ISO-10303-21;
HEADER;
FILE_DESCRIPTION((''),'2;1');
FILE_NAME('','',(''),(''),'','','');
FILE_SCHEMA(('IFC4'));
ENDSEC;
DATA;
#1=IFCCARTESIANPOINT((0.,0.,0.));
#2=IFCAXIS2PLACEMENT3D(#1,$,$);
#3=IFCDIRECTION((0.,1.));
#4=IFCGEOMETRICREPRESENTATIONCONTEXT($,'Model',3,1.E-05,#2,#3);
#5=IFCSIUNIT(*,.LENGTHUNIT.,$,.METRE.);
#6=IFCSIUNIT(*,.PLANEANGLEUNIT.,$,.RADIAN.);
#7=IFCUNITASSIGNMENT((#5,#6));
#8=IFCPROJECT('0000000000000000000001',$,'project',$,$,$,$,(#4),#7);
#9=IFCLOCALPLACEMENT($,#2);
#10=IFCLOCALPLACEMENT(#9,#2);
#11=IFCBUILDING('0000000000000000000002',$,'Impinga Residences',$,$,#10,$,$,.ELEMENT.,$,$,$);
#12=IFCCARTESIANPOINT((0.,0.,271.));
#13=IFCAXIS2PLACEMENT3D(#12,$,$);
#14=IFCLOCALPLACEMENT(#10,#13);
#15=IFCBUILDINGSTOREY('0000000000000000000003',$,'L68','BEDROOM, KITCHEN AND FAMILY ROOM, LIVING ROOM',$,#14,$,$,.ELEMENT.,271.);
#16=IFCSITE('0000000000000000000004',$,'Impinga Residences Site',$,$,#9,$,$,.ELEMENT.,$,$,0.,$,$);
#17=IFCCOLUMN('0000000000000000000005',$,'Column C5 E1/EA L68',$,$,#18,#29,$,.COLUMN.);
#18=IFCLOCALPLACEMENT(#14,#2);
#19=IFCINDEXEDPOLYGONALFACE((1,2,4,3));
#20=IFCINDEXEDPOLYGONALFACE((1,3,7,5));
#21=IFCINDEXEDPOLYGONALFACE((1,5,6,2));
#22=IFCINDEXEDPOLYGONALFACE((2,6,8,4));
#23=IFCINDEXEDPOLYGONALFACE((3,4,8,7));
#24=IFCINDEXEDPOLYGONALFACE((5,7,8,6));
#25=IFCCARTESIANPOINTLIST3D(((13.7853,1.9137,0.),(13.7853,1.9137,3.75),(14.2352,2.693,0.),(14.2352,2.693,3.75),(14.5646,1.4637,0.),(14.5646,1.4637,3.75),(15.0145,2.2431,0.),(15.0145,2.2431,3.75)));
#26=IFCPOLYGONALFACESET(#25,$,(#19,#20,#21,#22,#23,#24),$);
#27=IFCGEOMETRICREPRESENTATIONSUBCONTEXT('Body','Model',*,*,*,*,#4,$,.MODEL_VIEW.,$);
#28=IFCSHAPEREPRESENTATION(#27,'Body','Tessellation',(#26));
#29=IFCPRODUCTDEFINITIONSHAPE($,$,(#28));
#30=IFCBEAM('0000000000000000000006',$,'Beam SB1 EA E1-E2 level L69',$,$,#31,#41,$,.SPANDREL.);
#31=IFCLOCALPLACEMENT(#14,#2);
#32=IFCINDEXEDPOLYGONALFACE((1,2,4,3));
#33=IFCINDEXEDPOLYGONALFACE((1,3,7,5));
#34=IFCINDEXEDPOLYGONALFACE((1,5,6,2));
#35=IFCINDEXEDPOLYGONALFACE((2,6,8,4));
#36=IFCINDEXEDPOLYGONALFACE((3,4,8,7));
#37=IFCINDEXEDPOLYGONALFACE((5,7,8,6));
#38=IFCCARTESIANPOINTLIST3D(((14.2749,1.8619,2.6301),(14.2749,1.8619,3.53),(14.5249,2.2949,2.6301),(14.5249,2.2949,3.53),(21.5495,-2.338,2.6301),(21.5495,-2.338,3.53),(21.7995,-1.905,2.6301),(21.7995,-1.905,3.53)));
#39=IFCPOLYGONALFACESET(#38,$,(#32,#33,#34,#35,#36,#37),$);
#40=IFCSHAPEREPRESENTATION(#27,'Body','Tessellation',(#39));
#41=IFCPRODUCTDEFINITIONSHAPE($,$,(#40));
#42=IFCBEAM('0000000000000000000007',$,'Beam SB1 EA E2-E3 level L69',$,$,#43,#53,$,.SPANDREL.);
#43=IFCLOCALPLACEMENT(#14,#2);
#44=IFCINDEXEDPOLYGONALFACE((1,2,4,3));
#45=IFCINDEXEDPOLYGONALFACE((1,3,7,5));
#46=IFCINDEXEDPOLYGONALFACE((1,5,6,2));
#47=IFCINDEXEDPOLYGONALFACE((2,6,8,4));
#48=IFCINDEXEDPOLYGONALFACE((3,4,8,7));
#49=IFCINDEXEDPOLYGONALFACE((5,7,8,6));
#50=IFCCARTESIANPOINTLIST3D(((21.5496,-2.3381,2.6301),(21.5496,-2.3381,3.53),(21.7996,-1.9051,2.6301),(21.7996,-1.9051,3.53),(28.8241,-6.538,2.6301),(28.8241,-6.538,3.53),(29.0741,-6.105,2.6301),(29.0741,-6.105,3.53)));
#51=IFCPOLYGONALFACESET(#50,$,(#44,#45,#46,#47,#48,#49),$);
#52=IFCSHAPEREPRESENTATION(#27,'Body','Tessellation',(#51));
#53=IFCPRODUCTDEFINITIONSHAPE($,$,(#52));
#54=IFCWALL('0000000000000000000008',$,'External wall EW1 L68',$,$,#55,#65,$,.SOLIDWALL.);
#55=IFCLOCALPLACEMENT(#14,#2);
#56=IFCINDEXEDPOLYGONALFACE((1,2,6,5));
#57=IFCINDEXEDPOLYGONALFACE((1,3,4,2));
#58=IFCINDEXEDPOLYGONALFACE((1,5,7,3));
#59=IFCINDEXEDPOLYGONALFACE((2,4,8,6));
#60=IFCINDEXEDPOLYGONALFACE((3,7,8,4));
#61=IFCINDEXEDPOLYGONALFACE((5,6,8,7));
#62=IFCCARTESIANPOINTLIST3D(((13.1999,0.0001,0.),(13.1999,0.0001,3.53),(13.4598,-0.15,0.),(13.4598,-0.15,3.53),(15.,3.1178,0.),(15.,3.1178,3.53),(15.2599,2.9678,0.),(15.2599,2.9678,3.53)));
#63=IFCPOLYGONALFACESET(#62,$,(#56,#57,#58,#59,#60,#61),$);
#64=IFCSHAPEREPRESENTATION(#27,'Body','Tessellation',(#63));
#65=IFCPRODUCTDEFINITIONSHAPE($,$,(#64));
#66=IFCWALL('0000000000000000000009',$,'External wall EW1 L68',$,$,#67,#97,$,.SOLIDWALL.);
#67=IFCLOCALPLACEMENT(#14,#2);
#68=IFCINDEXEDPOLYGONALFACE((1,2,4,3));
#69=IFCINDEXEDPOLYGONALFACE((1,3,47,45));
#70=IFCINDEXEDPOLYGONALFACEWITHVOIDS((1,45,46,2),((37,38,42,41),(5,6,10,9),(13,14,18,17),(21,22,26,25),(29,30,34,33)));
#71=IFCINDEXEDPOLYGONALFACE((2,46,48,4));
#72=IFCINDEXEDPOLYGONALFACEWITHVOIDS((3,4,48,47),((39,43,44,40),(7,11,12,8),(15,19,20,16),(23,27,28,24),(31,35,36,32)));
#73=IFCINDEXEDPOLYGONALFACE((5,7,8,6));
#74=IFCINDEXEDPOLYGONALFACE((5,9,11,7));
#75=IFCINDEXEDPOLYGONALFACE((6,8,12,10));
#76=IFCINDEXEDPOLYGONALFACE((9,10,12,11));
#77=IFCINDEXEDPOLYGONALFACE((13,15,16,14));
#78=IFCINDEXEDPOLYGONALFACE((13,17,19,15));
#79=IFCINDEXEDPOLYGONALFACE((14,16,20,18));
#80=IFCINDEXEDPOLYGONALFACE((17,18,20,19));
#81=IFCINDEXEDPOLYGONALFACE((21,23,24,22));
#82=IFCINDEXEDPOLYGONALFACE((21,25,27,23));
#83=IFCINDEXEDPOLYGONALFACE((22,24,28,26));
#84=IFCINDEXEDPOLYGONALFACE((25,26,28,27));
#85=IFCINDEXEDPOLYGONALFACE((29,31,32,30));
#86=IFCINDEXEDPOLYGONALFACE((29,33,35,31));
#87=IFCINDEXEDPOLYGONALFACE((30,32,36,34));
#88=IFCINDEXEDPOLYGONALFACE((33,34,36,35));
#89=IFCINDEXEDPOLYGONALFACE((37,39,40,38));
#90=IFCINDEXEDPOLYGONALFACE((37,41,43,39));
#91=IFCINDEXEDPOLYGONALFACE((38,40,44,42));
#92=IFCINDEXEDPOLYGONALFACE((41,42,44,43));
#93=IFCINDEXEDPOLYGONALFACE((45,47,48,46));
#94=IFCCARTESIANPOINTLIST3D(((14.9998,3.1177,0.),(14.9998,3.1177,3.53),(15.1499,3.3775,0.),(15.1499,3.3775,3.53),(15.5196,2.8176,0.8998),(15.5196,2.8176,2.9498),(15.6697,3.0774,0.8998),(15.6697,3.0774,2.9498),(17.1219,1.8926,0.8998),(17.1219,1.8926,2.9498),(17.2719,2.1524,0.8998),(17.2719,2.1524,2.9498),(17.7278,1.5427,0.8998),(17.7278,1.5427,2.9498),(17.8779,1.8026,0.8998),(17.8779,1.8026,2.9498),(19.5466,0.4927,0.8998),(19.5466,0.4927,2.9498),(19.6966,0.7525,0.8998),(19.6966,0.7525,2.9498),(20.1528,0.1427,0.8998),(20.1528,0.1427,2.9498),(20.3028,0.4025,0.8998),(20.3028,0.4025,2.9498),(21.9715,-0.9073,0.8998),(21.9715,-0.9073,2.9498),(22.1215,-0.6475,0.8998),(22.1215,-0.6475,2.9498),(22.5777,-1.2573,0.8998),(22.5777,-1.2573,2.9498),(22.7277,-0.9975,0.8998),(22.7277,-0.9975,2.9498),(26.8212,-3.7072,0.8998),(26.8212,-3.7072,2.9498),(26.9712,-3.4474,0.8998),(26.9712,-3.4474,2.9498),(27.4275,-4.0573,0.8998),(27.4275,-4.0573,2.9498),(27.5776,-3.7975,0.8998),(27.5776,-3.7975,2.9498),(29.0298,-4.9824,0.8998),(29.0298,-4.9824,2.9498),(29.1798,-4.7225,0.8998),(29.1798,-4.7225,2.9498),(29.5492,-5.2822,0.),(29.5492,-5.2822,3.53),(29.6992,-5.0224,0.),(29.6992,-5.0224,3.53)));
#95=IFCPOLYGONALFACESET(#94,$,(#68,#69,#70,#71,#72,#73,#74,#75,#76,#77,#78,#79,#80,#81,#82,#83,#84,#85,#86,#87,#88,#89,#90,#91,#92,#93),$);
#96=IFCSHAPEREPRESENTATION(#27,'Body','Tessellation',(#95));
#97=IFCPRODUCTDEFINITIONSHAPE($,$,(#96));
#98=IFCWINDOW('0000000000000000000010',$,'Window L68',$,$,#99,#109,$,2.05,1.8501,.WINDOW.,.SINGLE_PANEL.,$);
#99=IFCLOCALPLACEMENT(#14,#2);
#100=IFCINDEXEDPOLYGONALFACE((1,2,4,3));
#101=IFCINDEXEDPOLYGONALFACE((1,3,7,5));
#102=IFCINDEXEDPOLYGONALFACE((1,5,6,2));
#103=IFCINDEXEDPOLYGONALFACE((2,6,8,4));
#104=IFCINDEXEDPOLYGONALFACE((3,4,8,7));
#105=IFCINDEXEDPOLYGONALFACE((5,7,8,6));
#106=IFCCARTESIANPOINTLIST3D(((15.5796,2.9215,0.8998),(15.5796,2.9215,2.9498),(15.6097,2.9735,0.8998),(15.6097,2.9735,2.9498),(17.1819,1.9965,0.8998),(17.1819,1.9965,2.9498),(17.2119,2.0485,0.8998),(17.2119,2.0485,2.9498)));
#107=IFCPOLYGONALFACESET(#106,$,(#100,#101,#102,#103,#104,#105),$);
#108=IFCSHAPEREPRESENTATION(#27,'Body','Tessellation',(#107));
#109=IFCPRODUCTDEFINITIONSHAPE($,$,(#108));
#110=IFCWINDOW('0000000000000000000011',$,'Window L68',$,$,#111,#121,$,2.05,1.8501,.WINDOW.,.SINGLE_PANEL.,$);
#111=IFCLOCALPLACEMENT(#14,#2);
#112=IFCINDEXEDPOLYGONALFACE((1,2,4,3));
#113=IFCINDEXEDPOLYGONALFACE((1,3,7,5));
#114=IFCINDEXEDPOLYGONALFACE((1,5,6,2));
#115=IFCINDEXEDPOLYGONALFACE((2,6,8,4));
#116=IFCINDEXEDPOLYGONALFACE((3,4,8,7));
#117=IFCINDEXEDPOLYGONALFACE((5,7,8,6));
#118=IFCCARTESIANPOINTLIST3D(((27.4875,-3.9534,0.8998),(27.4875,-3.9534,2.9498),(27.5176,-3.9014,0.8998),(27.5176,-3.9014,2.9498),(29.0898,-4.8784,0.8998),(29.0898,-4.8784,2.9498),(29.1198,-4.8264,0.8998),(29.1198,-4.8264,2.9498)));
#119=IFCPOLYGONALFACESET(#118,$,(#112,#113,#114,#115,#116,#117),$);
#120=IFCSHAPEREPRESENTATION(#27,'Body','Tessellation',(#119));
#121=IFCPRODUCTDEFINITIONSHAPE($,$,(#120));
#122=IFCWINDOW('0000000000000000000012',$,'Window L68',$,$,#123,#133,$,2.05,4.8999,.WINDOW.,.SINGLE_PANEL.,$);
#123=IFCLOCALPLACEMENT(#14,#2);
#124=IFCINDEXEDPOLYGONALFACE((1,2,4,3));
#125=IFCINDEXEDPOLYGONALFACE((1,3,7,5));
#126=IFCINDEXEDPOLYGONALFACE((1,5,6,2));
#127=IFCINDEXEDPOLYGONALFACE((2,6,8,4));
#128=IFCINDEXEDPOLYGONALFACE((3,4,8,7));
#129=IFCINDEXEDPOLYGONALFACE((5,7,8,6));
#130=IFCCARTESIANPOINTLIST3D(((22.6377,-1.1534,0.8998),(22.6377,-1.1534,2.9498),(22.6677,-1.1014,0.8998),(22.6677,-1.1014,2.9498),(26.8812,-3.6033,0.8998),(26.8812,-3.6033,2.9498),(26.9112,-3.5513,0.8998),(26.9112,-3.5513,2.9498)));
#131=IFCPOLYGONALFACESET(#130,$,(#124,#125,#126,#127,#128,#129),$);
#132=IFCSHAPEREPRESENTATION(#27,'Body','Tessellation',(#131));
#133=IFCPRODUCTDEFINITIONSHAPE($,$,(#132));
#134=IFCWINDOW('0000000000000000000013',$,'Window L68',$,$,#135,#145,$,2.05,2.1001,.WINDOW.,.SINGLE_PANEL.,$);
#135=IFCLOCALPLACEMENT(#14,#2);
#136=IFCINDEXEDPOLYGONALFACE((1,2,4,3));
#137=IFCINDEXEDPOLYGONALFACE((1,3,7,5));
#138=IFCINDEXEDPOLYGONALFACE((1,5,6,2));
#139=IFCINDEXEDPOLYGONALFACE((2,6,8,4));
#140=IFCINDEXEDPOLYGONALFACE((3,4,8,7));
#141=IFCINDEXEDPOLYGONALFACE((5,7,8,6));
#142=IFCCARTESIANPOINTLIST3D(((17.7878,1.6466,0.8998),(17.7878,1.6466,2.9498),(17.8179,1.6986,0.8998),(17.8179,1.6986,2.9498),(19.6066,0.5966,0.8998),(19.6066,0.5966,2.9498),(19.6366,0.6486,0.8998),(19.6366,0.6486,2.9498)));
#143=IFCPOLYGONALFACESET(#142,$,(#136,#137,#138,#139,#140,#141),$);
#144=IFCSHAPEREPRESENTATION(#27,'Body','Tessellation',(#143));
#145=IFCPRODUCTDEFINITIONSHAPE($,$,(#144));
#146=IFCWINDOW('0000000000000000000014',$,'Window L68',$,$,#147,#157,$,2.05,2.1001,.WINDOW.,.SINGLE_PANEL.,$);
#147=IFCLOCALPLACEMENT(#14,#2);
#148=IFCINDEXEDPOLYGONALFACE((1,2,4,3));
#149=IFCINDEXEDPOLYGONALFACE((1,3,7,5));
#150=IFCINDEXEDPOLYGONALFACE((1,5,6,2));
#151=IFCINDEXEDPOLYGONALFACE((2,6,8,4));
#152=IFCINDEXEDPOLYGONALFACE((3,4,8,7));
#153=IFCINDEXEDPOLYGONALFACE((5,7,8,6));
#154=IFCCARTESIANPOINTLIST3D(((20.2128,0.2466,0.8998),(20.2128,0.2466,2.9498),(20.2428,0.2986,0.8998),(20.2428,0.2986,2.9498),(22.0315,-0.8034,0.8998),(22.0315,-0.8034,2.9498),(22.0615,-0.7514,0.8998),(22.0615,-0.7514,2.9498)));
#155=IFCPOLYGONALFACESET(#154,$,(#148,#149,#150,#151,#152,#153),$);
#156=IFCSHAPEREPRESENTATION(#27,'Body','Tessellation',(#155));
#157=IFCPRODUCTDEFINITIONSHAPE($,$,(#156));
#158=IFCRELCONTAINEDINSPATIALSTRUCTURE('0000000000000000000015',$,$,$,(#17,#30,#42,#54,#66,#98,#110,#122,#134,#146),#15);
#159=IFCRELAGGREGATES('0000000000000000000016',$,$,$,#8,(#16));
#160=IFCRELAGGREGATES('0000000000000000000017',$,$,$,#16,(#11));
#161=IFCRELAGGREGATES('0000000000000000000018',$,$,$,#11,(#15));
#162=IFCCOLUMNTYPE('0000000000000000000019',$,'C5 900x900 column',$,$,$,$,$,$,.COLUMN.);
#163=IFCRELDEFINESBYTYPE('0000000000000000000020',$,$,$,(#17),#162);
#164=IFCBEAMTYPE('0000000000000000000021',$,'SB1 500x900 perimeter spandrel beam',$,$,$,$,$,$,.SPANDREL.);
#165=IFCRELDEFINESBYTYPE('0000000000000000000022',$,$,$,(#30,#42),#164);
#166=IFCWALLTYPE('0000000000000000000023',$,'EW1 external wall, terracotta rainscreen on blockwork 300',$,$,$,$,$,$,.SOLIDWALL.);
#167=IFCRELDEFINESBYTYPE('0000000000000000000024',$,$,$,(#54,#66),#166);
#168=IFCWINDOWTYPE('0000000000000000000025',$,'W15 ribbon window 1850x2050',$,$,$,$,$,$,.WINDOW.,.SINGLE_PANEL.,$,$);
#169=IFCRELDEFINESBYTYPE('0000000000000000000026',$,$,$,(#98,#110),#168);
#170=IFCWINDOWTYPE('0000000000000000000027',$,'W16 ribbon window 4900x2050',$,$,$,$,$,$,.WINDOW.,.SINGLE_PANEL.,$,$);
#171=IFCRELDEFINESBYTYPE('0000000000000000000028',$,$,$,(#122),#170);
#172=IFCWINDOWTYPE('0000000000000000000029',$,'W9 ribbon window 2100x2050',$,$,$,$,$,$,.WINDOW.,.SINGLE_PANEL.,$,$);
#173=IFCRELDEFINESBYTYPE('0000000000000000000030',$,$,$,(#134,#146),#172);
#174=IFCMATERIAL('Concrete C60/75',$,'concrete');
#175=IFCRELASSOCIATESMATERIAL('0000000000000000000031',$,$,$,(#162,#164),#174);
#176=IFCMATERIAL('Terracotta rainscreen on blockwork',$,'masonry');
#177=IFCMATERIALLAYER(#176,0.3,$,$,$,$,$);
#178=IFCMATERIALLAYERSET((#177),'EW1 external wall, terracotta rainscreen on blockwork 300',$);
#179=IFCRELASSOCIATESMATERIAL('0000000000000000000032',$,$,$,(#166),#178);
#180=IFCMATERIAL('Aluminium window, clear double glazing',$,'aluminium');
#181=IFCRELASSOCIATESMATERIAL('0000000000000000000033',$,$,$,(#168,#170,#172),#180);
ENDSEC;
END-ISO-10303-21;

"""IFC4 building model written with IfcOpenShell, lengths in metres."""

from ifc_helpers import new_model, si_unit, direction, frame, frame_2d, origin, origin_2d, place, context, subcontext, project, spatial, rectangle, extrude, material, layer, layer_set, material_profile, profile_set, type_object, element, fill, save


model = new_model("IFC4")

# Units and contexts
model_context = context("Model", 3, precision=1e-05, world=origin(), true_north=direction((0.0, 1.0)))
body_context = subcontext(model_context, "Body", "Model", "MODEL_VIEW")
ifc_project = project(units=[si_unit("LENGTHUNIT", "METRE"), si_unit("PLANEANGLEUNIT", "RADIAN")], contexts=[model_context])

# Site, building, storey
site_placement = place(None, origin())
site = spatial("IfcSite", under=ifc_project, at=site_placement, Name="Impinga Residences Site", CompositionType="ELEMENT", RefElevation=0.0)
building_placement = place(site_placement, origin())
building = spatial("IfcBuilding", under=site, at=building_placement, Name="Impinga Residences", CompositionType="ELEMENT")
storey_placement = place(building_placement, frame((0.0, 0.0, 271.0)))
storey = spatial("IfcBuildingStorey", under=building, at=storey_placement, Name="L68", Description="BEDROOM, KITCHEN AND FAMILY ROOM, LIVING ROOM", CompositionType="ELEMENT", Elevation=271.0)

# Column
ifc_material_1 = material(Name="Concrete C60/75", Category="concrete")
ifc_material_profile_1 = material_profile(ifc_material_1, rectangle(XDim=0.8999, YDim=0.8999, at=origin_2d()), Name="RC 900x900")
ifc_profile_set_1 = profile_set([ifc_material_profile_1], Name="Concrete C60/75")
column_type = type_object("IfcColumnType", Name="C5 900x900 column", PredefinedType="COLUMN", material=ifc_profile_set_1)
column_placement = place(storey_placement, frame((14.3999, 2.0784, 0.0), z_axis=(0.0, 0.0, 1.0), x_axis=(-0.5, -0.866025, 0.0)))
element("IfcColumn", 1, at=column_placement, inside=storey, type_object=column_type, Name="Column C5 E1/EA L68", PredefinedType="COLUMN", context=body_context, shape_type="SweptSolid", body=[
    extrude(rectangle(XDim=0.8999, YDim=0.8999, at=origin_2d()), origin(), (0.0, 0.0, 1.0), 3.75),
])

# Beams
ifc_material_profile_2 = material_profile(ifc_material_1, rectangle(XDim=0.5, YDim=0.8999, at=origin_2d()), Name="RC 500x900")
ifc_profile_set_2 = profile_set([ifc_material_profile_2], Name="Concrete C60/75")
beam_type = type_object("IfcBeamType", Name="SB1 500x900 perimeter spandrel beam", PredefinedType="SPANDREL", material=ifc_profile_set_2)
for number, where, z_axis, x_axis, name in (
    (2, (14.3999, 2.0784, 3.0801), (0.866029, -0.499993, 0.0), (0.499993, 0.866029, 0.0), "Beam SB1 EA E1-E2 level L69"),
    (3, (21.6746, -2.1216, 3.0801), (0.866029, -0.499993, 0.0), (0.499993, 0.866029, 0.0), "Beam SB1 EA E2-E3 level L69"),
):
    element("IfcBeam", number, at=place(storey_placement, frame(where, z_axis=z_axis, x_axis=x_axis)), inside=storey, type_object=beam_type, Name=name, PredefinedType="SPANDREL", context=body_context, shape_type="SweptSolid", body=[
        extrude(rectangle(XDim=0.5, YDim=0.8999, at=origin_2d()), origin(), (0.0, 0.0, 1.0), 8.3999),
    ])

# Wall
ifc_material_2 = material(Name="Terracotta rainscreen on blockwork", Category="masonry")
ifc_layer_1 = layer(ifc_material_2, 0.3)
ifc_layer_set_1 = layer_set([ifc_layer_1], Name="EW1 external wall, terracotta rainscreen on blockwork 300")
wall_type_1 = type_object("IfcWallType", Name="EW1 external wall, terracotta rainscreen on blockwork 300", PredefinedType="SOLIDWALL", material=ifc_layer_set_1)
wall_1_placement = place(storey_placement, frame((13.3298, -0.075, 0.0), z_axis=(0.0, 0.0, 1.0), x_axis=(0.500012, 0.866018, 0.0)))
element("IfcWall", 4, at=wall_1_placement, inside=storey, type_object=wall_type_1, Name="External wall EW1 L68", PredefinedType="SOLIDWALL", context=body_context, shape_type="SweptSolid", body=[
    extrude(rectangle(XDim=3.6001, YDim=0.3, at=frame_2d((1.8, 0.0))), origin(), (0.0, 0.0, 1.0), 3.53),
])

# Wall, openings, windows
wall_2_placement = place(storey_placement, frame((15.075, 3.2476, 0.0), z_axis=(0.0, 0.0, 1.0), x_axis=(0.866029, -0.499993, 0.0)))
wall_2 = element("IfcWall", 5, at=wall_2_placement, inside=storey, type_object=wall_type_1, Name="External wall EW1 L68", PredefinedType="SOLIDWALL", context=body_context, shape_type="SweptSolid", body=[
    extrude(rectangle(XDim=16.8, YDim=0.3, at=frame_2d((8.3999, 0.0))), origin(), (0.0, 0.0, 1.0), 3.53),
])
opening_1_placement = place(wall_2_placement, frame((0.6001, 0.0, 0.8999)))
opening_1 = element("IfcOpeningElement", 6, at=opening_1_placement, cuts=wall_2, PredefinedType="OPENING", context=body_context, shape_type="SweptSolid", body=[
    extrude(rectangle(XDim=1.8501, YDim=2.05, at=frame_2d((0.925, 1.0249))), frame((0.0, 0.1599, 0.0), z_axis=(0.0, -1.0, 0.0), x_axis=(1.0, 0.0, 0.0)), (0.0, 0.0, 1.0), 0.3201),
])
opening_2_placement = place(wall_2_placement, frame((3.1499, 0.0, 0.8999)))
opening_2 = element("IfcOpeningElement", 7, at=opening_2_placement, cuts=wall_2, PredefinedType="OPENING", context=body_context, shape_type="SweptSolid", body=[
    extrude(rectangle(XDim=2.1001, YDim=2.05, at=frame_2d((1.05, 1.0249))), frame((0.0, 0.1599, 0.0), z_axis=(0.0, -1.0, 0.0), x_axis=(1.0, 0.0, 0.0)), (0.0, 0.0, 1.0), 0.3201),
])
opening_3_placement = place(wall_2_placement, frame((5.95, 0.0, 0.8999)))
opening_3 = element("IfcOpeningElement", 8, at=opening_3_placement, cuts=wall_2, PredefinedType="OPENING", context=body_context, shape_type="SweptSolid", body=[
    extrude(rectangle(XDim=2.1001, YDim=2.05, at=frame_2d((1.05, 1.0249))), frame((0.0, 0.1599, 0.0), z_axis=(0.0, -1.0, 0.0), x_axis=(1.0, 0.0, 0.0)), (0.0, 0.0, 1.0), 0.3201),
])
opening_4_placement = place(wall_2_placement, frame((8.75, 0.0, 0.8999)))
opening_4 = element("IfcOpeningElement", 9, at=opening_4_placement, cuts=wall_2, PredefinedType="OPENING", context=body_context, shape_type="SweptSolid", body=[
    extrude(rectangle(XDim=4.8999, YDim=2.05, at=frame_2d((2.45, 1.0249))), frame((0.0, 0.1599, 0.0), z_axis=(0.0, -1.0, 0.0), x_axis=(1.0, 0.0, 0.0)), (0.0, 0.0, 1.0), 0.3201),
])
opening_5_placement = place(wall_2_placement, frame((14.3501, 0.0, 0.8999)))
opening_5 = element("IfcOpeningElement", 10, at=opening_5_placement, cuts=wall_2, PredefinedType="OPENING", context=body_context, shape_type="SweptSolid", body=[
    extrude(rectangle(XDim=1.8501, YDim=2.05, at=frame_2d((0.925, 1.0249))), frame((0.0, 0.1599, 0.0), z_axis=(0.0, -1.0, 0.0), x_axis=(1.0, 0.0, 0.0)), (0.0, 0.0, 1.0), 0.3201),
])
ifc_material_3 = material(Name="Aluminium window, clear double glazing", Category="aluminium")
window_type_1 = type_object("IfcWindowType", Name="W15 ribbon window 1850x2050", PartitioningType="SINGLE_PANEL", PredefinedType="WINDOW", material=ifc_material_3)
window_1_placement = place(opening_1_placement, origin())
window_1 = element("IfcWindow", 11, at=window_1_placement, inside=storey, type_object=window_type_1, Name="Window L68", OverallHeight=2.05, OverallWidth=1.8501, PartitioningType="SINGLE_PANEL", PredefinedType="WINDOW", context=body_context, shape_type="SweptSolid", body=[
    extrude(rectangle(XDim=1.8501, YDim=2.05, at=frame_2d((0.925, 1.0249))), frame((0.0, 0.03, 0.0), z_axis=(0.0, -1.0, 0.0), x_axis=(1.0, 0.0, 0.0)), (0.0, 0.0, 1.0), 0.0601),
])
fill(opening_1, window_1)
window_2_placement = place(opening_5_placement, origin())
window_2 = element("IfcWindow", 12, at=window_2_placement, inside=storey, type_object=window_type_1, Name="Window L68", OverallHeight=2.05, OverallWidth=1.8501, PartitioningType="SINGLE_PANEL", PredefinedType="WINDOW", context=body_context, shape_type="SweptSolid", body=[
    extrude(rectangle(XDim=1.8501, YDim=2.05, at=frame_2d((0.925, 1.0249))), frame((0.0, 0.03, 0.0), z_axis=(0.0, -1.0, 0.0), x_axis=(1.0, 0.0, 0.0)), (0.0, 0.0, 1.0), 0.0601),
])
fill(opening_5, window_2)
window_type_2 = type_object("IfcWindowType", Name="W16 ribbon window 4900x2050", PartitioningType="SINGLE_PANEL", PredefinedType="WINDOW", material=ifc_material_3)
window_3_placement = place(opening_4_placement, origin())
window_3 = element("IfcWindow", 13, at=window_3_placement, inside=storey, type_object=window_type_2, Name="Window L68", OverallHeight=2.05, OverallWidth=4.8999, PartitioningType="SINGLE_PANEL", PredefinedType="WINDOW", context=body_context, shape_type="SweptSolid", body=[
    extrude(rectangle(XDim=4.8999, YDim=2.05, at=frame_2d((2.45, 1.0249))), frame((0.0, 0.03, 0.0), z_axis=(0.0, -1.0, 0.0), x_axis=(1.0, 0.0, 0.0)), (0.0, 0.0, 1.0), 0.0601),
])
fill(opening_4, window_3)
window_type_3 = type_object("IfcWindowType", Name="W9 ribbon window 2100x2050", PartitioningType="SINGLE_PANEL", PredefinedType="WINDOW", material=ifc_material_3)
window_4_placement = place(opening_2_placement, origin())
window_4 = element("IfcWindow", 14, at=window_4_placement, inside=storey, type_object=window_type_3, Name="Window L68", OverallHeight=2.05, OverallWidth=2.1001, PartitioningType="SINGLE_PANEL", PredefinedType="WINDOW", context=body_context, shape_type="SweptSolid", body=[
    extrude(rectangle(XDim=2.1001, YDim=2.05, at=frame_2d((1.05, 1.0249))), frame((0.0, 0.03, 0.0), z_axis=(0.0, -1.0, 0.0), x_axis=(1.0, 0.0, 0.0)), (0.0, 0.0, 1.0), 0.0601),
])
fill(opening_2, window_4)
window_5_placement = place(opening_3_placement, origin())
window_5 = element("IfcWindow", 15, at=window_5_placement, inside=storey, type_object=window_type_3, Name="Window L68", OverallHeight=2.05, OverallWidth=2.1001, PartitioningType="SINGLE_PANEL", PredefinedType="WINDOW", context=body_context, shape_type="SweptSolid", body=[
    extrude(rectangle(XDim=2.1001, YDim=2.05, at=frame_2d((1.05, 1.0249))), frame((0.0, 0.03, 0.0), z_axis=(0.0, -1.0, 0.0), x_axis=(1.0, 0.0, 0.0)), (0.0, 0.0, 1.0), 0.0601),
])
fill(opening_3, window_5)

save(model, "model.ifc")
